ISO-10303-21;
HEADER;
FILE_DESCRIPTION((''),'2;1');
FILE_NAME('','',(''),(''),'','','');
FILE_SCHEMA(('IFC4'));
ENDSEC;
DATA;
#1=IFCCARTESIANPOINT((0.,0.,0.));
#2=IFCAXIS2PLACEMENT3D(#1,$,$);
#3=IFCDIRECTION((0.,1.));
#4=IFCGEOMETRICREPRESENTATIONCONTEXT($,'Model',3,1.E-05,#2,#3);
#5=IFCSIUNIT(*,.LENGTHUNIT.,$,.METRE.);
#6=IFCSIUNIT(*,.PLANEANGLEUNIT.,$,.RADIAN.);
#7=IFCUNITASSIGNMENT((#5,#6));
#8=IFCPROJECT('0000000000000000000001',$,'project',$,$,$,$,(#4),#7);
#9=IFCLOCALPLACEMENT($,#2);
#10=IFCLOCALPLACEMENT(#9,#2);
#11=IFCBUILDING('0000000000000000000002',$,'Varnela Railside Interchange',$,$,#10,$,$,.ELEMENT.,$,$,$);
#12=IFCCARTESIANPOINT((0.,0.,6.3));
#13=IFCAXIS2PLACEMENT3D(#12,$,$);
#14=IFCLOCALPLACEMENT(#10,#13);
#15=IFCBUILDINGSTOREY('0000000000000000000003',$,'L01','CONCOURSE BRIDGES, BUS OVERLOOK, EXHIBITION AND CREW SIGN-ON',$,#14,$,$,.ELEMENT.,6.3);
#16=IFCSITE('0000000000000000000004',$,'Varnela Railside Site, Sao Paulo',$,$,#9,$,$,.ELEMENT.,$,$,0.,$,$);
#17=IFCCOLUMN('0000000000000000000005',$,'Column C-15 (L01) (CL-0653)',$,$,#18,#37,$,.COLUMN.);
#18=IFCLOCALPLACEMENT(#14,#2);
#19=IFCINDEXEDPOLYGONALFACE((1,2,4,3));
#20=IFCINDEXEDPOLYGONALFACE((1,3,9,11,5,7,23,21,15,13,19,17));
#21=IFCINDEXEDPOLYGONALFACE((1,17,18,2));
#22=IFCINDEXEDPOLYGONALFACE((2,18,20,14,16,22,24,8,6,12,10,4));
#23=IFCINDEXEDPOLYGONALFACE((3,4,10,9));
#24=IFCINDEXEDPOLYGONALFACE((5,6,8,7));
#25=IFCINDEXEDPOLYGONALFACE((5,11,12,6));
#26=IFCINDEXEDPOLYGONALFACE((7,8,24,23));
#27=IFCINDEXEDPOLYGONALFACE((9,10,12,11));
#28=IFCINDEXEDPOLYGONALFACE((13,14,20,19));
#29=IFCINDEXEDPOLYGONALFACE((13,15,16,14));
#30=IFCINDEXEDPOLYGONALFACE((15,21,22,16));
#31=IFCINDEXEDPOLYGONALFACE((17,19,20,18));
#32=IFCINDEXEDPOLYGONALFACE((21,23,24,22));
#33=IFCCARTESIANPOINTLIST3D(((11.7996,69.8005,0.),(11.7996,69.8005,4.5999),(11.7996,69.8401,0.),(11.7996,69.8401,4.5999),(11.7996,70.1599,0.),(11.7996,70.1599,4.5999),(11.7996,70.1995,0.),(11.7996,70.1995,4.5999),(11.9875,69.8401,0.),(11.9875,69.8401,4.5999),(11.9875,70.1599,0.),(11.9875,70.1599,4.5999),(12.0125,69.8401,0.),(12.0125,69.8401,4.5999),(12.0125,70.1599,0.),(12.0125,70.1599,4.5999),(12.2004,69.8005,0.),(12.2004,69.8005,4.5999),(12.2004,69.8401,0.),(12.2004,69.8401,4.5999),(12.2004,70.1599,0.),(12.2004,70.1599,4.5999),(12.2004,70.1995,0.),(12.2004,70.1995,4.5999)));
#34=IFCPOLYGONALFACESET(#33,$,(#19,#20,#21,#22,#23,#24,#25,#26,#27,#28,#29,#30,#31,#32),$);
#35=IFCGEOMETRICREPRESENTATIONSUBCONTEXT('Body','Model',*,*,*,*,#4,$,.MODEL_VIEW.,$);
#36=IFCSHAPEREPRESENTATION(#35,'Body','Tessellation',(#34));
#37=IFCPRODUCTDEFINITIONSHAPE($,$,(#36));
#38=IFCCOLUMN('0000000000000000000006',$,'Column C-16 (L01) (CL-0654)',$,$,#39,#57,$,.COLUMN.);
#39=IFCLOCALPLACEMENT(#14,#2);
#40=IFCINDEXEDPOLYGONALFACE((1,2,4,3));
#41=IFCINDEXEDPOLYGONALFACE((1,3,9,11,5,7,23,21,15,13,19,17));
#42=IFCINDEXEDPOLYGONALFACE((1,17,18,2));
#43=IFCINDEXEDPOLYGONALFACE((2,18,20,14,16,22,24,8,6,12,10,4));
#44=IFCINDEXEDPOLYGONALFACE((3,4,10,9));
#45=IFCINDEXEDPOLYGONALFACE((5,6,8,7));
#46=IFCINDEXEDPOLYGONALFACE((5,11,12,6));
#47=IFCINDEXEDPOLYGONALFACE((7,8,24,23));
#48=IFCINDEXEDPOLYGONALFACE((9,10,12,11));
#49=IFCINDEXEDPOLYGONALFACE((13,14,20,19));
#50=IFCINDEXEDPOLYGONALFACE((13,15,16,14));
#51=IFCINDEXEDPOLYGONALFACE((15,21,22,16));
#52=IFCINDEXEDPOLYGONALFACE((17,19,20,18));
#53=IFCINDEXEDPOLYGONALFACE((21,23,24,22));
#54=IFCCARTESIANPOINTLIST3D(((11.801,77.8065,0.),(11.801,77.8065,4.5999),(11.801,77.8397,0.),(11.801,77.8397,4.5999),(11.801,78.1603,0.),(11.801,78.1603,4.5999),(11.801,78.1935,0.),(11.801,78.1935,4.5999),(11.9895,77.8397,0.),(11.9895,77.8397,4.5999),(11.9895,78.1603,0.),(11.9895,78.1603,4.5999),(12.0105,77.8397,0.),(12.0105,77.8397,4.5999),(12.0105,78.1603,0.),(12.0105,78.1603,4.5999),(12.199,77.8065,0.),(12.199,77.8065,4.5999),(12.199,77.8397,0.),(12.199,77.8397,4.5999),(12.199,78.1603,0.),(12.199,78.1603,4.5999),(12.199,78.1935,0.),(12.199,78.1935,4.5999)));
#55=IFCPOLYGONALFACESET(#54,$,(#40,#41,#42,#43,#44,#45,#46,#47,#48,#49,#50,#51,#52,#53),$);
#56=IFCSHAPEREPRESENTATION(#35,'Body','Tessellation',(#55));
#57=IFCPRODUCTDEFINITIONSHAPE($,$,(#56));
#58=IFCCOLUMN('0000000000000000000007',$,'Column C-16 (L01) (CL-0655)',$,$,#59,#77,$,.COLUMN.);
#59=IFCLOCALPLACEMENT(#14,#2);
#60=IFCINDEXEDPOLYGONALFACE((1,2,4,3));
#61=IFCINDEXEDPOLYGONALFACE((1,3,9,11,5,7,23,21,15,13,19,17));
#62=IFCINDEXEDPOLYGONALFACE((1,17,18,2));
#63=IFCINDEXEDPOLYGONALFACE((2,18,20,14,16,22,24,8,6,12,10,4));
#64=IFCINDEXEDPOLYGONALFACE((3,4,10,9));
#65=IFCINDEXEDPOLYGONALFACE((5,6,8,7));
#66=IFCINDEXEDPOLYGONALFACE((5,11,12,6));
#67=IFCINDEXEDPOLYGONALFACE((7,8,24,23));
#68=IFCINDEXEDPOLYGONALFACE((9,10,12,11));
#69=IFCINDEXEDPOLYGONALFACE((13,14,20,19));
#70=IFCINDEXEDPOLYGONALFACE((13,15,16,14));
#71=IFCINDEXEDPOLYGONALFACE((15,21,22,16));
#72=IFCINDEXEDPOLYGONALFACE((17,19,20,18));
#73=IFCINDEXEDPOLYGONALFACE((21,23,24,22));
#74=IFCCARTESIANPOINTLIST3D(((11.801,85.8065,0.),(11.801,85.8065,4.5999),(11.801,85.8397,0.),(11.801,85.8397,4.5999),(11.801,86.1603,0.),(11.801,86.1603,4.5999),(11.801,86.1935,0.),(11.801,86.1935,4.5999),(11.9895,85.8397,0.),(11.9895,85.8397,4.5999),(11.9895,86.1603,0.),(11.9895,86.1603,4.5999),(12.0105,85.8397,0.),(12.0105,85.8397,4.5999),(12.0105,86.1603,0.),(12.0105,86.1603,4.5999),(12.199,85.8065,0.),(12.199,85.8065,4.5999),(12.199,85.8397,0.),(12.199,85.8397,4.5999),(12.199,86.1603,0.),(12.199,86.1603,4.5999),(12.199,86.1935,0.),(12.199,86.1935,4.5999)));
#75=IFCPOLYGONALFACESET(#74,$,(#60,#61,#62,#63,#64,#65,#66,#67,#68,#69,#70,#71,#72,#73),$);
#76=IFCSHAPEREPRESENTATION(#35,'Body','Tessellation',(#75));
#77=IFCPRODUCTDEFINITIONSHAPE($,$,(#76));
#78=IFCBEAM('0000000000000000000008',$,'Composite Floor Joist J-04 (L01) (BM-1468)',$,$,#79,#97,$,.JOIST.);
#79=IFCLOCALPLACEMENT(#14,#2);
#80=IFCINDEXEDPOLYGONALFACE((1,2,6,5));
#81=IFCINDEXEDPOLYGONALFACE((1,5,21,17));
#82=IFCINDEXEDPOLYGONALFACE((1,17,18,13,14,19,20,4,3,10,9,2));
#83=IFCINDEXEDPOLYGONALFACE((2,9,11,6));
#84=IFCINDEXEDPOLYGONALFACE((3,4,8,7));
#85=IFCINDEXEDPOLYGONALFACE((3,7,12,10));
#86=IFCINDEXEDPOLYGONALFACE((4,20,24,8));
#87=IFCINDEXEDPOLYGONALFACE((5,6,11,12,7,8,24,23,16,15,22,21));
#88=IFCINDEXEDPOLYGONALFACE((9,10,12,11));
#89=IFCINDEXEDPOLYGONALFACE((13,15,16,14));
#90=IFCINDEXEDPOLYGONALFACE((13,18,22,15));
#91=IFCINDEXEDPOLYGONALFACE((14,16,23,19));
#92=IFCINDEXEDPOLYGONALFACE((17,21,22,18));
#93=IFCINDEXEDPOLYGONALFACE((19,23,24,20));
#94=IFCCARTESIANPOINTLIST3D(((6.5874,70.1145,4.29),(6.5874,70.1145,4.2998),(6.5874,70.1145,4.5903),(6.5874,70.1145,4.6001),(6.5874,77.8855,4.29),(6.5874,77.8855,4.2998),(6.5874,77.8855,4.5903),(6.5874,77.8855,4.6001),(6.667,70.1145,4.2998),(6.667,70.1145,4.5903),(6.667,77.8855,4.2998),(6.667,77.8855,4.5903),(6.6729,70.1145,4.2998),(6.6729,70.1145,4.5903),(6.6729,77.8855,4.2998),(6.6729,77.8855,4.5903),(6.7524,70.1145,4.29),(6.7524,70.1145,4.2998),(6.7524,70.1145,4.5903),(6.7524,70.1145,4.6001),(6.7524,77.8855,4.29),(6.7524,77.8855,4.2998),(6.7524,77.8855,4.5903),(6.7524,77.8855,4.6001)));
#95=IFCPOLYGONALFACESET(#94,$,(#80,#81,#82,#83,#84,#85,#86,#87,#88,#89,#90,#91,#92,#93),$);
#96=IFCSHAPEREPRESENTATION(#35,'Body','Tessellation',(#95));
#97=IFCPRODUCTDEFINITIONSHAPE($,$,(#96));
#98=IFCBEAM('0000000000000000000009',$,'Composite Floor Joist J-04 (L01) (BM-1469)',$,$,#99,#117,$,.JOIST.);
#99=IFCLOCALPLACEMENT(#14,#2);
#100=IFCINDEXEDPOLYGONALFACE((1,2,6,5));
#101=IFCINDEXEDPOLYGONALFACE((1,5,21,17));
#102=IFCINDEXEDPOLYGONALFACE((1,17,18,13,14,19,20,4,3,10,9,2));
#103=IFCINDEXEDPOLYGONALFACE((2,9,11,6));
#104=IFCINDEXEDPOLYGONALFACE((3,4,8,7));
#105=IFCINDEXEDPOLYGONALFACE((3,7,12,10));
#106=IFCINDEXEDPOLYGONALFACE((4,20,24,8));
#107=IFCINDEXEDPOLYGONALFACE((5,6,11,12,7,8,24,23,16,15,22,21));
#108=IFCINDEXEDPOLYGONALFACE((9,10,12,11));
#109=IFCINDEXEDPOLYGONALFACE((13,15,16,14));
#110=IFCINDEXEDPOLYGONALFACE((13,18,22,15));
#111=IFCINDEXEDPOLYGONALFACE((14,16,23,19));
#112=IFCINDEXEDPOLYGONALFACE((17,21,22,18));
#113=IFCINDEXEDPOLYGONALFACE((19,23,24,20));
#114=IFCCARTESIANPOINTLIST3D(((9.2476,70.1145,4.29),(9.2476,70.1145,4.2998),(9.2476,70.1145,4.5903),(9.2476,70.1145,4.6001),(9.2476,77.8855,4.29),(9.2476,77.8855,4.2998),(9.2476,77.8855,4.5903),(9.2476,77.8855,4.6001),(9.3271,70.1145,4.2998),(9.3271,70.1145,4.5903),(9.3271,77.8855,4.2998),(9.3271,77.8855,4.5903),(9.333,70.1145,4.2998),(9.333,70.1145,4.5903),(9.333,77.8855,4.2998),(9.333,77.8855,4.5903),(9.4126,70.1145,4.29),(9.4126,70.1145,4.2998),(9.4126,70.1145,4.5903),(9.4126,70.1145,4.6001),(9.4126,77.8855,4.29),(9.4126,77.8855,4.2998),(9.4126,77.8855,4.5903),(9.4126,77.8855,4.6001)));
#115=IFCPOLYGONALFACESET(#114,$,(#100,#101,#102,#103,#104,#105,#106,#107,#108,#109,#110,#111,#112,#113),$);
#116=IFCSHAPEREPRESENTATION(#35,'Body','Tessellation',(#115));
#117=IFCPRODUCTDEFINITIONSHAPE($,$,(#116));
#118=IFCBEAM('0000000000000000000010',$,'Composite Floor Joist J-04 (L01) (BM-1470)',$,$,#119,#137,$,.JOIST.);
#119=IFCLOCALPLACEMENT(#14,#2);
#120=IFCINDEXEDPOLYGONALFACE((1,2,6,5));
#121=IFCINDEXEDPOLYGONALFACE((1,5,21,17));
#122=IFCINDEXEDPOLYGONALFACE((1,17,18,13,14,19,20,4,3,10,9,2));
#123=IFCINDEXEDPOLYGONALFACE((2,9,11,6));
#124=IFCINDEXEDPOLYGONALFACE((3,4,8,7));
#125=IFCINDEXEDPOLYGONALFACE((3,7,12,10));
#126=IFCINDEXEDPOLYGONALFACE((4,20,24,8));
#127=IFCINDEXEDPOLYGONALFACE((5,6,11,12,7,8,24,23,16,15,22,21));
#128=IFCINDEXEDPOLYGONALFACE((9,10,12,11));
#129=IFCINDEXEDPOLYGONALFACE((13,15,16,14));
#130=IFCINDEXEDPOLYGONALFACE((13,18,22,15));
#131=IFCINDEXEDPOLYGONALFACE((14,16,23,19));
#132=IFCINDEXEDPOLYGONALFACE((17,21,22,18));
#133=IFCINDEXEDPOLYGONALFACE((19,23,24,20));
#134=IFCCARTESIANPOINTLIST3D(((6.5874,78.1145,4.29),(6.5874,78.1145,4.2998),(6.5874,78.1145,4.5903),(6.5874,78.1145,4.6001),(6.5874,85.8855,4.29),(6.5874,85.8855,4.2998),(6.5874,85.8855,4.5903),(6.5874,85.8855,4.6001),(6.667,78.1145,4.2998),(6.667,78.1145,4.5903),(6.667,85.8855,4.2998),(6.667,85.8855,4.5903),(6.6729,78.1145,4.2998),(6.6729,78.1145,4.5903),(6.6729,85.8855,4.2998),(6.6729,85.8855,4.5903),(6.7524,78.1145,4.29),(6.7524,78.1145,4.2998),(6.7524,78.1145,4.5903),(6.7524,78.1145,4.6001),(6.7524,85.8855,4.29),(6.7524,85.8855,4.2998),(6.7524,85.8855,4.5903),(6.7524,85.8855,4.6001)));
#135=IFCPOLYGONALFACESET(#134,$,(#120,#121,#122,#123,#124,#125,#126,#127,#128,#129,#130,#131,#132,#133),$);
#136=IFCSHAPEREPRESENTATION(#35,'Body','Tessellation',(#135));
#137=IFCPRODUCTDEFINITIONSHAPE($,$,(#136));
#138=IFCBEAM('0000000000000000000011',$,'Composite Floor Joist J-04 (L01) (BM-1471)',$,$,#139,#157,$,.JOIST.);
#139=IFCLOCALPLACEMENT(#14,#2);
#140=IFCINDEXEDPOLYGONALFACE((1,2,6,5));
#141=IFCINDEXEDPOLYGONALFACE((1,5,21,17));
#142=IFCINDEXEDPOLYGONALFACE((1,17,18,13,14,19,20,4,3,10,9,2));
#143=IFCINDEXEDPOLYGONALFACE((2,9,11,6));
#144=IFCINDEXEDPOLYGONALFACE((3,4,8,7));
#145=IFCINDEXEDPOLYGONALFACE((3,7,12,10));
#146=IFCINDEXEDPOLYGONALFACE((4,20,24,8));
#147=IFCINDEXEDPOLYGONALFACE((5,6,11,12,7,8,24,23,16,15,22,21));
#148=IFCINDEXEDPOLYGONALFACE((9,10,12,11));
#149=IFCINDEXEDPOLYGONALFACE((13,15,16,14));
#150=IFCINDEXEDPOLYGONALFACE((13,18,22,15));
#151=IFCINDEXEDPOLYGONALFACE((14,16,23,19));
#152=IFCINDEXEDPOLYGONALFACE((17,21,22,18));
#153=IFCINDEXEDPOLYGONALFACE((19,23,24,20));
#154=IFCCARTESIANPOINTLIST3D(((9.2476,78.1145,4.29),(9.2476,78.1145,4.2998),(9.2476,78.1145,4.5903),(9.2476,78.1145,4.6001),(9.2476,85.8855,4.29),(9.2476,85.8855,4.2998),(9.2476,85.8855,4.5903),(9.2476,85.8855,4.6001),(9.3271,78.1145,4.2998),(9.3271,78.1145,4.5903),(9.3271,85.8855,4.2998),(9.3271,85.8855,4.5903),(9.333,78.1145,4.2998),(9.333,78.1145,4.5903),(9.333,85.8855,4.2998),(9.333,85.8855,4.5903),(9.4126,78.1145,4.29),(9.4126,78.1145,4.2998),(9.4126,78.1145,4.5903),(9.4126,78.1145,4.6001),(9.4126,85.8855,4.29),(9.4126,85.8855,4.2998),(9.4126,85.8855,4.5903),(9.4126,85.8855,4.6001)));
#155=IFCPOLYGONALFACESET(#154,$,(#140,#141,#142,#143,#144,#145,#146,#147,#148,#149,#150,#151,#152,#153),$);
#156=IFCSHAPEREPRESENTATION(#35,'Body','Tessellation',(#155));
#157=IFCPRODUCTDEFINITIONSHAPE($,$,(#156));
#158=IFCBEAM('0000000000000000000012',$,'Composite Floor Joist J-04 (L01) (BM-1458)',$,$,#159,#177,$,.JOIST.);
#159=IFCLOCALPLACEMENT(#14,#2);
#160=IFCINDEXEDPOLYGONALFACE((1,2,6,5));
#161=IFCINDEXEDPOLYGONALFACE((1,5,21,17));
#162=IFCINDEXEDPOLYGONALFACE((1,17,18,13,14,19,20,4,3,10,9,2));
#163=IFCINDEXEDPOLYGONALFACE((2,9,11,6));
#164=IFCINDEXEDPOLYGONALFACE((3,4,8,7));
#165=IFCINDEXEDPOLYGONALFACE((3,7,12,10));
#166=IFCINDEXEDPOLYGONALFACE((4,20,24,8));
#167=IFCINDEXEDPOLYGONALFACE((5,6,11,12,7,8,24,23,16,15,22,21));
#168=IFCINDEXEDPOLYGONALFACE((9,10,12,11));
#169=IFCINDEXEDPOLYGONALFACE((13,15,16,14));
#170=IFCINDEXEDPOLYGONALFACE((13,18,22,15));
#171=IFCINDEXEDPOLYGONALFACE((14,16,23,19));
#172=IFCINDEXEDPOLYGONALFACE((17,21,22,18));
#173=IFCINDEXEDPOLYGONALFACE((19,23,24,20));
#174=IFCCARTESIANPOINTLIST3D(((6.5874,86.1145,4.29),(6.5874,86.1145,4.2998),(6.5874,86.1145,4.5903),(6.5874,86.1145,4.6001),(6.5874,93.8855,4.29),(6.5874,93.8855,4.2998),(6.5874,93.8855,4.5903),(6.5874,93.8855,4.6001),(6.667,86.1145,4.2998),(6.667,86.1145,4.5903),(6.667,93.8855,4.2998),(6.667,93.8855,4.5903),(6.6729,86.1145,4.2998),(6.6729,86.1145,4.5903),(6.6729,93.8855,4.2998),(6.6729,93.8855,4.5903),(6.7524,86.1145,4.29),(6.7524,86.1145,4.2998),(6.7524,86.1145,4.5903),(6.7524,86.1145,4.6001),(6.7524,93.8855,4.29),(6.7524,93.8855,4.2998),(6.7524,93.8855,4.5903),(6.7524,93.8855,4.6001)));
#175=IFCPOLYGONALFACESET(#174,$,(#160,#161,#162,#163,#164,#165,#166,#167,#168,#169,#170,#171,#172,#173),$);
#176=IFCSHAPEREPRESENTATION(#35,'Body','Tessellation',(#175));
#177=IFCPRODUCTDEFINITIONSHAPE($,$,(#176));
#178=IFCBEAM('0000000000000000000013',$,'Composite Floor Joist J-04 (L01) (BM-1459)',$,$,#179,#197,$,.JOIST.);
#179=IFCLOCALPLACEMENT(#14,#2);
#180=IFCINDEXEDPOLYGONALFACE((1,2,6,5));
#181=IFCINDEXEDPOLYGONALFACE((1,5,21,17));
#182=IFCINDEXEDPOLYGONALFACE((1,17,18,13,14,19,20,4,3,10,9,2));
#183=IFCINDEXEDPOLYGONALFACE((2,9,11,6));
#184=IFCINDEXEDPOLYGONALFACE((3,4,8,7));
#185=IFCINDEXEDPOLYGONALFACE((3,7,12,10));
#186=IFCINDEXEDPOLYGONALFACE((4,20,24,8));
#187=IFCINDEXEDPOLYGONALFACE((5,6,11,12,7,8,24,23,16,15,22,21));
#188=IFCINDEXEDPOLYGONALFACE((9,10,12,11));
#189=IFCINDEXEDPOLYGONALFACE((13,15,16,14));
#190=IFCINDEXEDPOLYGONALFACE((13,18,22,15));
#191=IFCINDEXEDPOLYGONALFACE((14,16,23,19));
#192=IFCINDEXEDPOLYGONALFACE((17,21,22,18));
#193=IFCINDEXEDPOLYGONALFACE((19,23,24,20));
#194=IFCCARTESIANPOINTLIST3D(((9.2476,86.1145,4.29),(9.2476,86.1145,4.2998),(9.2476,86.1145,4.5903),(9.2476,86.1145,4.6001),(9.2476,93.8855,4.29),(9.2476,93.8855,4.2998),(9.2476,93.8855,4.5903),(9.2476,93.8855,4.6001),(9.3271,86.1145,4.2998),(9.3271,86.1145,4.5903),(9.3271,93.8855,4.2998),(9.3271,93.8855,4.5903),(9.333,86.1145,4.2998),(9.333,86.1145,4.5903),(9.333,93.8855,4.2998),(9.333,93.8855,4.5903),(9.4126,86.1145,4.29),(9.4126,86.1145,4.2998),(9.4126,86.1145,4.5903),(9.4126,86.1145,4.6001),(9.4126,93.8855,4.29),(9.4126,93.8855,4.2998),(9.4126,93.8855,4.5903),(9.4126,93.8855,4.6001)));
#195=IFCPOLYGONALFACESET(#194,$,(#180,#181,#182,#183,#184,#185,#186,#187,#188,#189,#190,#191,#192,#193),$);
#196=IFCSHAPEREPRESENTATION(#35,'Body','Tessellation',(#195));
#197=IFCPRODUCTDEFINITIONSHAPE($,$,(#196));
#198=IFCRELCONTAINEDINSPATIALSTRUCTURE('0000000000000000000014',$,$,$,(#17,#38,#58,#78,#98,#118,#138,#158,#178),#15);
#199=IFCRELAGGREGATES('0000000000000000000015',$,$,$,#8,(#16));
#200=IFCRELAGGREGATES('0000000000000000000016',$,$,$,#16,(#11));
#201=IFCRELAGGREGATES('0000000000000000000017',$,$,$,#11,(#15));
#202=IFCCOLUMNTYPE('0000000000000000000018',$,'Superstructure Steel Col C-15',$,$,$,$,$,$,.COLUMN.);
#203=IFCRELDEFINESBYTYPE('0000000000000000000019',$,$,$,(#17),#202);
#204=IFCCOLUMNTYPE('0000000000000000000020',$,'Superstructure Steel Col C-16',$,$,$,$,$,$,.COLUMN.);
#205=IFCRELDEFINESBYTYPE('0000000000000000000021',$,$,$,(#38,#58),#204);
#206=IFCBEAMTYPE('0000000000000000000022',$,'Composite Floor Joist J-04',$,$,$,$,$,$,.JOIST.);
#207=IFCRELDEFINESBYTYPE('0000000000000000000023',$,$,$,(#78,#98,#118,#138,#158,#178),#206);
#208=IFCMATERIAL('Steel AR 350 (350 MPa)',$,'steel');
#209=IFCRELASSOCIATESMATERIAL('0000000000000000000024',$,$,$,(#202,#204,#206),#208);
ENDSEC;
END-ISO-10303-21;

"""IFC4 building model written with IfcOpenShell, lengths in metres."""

from ifc_helpers import new_model, si_unit, direction, frame, origin, origin_2d, place, context, subcontext, project, spatial, i_section, extrude, material, material_profile, profile_set, type_object, element, save


model = new_model("IFC4")

# Units and contexts
model_context = context("Model", 3, precision=1e-05, world=origin(), true_north=direction((0.0, 1.0)))
body_context = subcontext(model_context, "Body", "Model", "MODEL_VIEW")
ifc_project = project(units=[si_unit("LENGTHUNIT", "METRE"), si_unit("PLANEANGLEUNIT", "RADIAN")], contexts=[model_context])

# Site, building, storey
site_placement = place(None, origin())
site = spatial("IfcSite", under=ifc_project, at=site_placement, Name="Varnela Railside Site, Sao Paulo", CompositionType="ELEMENT", RefElevation=0.0)
building_placement = place(site_placement, origin())
building = spatial("IfcBuilding", under=site, at=building_placement, Name="Varnela Railside Interchange", CompositionType="ELEMENT")
storey_placement = place(building_placement, frame((0.0, 0.0, 6.3)))
storey = spatial("IfcBuildingStorey", under=building, at=storey_placement, Name="L01", Description="CONCOURSE BRIDGES, BUS OVERLOOK, EXHIBITION AND CREW SIGN-ON", CompositionType="ELEMENT", Elevation=6.3)

# Columns
ifc_material_1 = material(Name="Steel AR 350 (350 MPa)", Category="steel")
ifc_material_profile_1 = material_profile(ifc_material_1, i_section(OverallWidth=0.4009, OverallDepth=0.3989, WebThickness=0.0249, FlangeThickness=0.0396, at=origin_2d()), Name="W360x314")
ifc_profile_set_1 = profile_set([ifc_material_profile_1], Name="Steel AR 350 (350 MPa)")
column_type_1 = type_object("IfcColumnType", Name="Superstructure Steel Col C-15", PredefinedType="COLUMN", material=ifc_profile_set_1)
column_placement = place(storey_placement, frame((12.0, 70.0, 0.0), z_axis=(0.0, 0.0, 1.0), x_axis=(1.0, 0.0, 0.0)))
element("IfcColumn", 1, at=column_placement, inside=storey, type_object=column_type_1, Name="Column C-15 (L01) (CL-0653)", PredefinedType="COLUMN", context=body_context, shape_type="SweptSolid", body=[
    extrude(i_section(OverallWidth=0.4009, OverallDepth=0.3989, WebThickness=0.0249, FlangeThickness=0.0396, at=origin_2d()), origin(), (0.0, 0.0, 1.0), 4.5999),
])
ifc_material_profile_2 = material_profile(ifc_material_1, i_section(OverallWidth=0.3979, OverallDepth=0.387, WebThickness=0.021, FlangeThickness=0.0332, at=origin_2d()), Name="W360x262")
ifc_profile_set_2 = profile_set([ifc_material_profile_2], Name="Steel AR 350 (350 MPa)")
column_type_2 = type_object("IfcColumnType", Name="Superstructure Steel Col C-16", PredefinedType="COLUMN", material=ifc_profile_set_2)
for number, where, z_axis, x_axis, name in (
    (2, (12.0, 78.0, 0.0), (0.0, 0.0, 1.0), (1.0, 0.0, 0.0), "Column C-16 (L01) (CL-0654)"),
    (3, (12.0, 86.0, 0.0), (0.0, 0.0, 1.0), (1.0, 0.0, 0.0), "Column C-16 (L01) (CL-0655)"),
):
    element("IfcColumn", number, at=place(storey_placement, frame(where, z_axis=z_axis, x_axis=x_axis)), inside=storey, type_object=column_type_2, Name=name, PredefinedType="COLUMN", context=body_context, shape_type="SweptSolid", body=[
        extrude(i_section(OverallWidth=0.3979, OverallDepth=0.387, WebThickness=0.021, FlangeThickness=0.0332, at=origin_2d()), origin(), (0.0, 0.0, 1.0), 4.5999),
    ])

# Beams
ifc_material_profile_3 = material_profile(ifc_material_1, i_section(OverallWidth=0.165, OverallDepth=0.3101, WebThickness=0.0059, FlangeThickness=0.0098, at=origin_2d()), Name="W310x38.7")
ifc_profile_set_3 = profile_set([ifc_material_profile_3], Name="Steel AR 350 (350 MPa)")
beam_type_1 = type_object("IfcBeamType", Name="Composite Floor Joist J-04", PredefinedType="JOIST", material=ifc_profile_set_3)
for number, where, z_axis, x_axis, name in (
    (4, (6.6699, 70.1145, 4.4451), (0.0, 1.0, 0.0), (-1.0, 0.0, 0.0), "Composite Floor Joist J-04 (L01) (BM-1468)"),
    (5, (9.3301, 70.1145, 4.4451), (0.0, 1.0, 0.0), (-1.0, 0.0, 0.0), "Composite Floor Joist J-04 (L01) (BM-1469)"),
    (6, (6.6699, 78.1145, 4.4451), (0.0, 1.0, 0.0), (-1.0, 0.0, 0.0), "Composite Floor Joist J-04 (L01) (BM-1470)"),
    (7, (9.3301, 78.1145, 4.4451), (0.0, 1.0, 0.0), (-1.0, 0.0, 0.0), "Composite Floor Joist J-04 (L01) (BM-1471)"),
    (8, (6.6699, 86.1145, 4.4451), (0.0, 1.0, 0.0), (-1.0, 0.0, 0.0), "Composite Floor Joist J-04 (L01) (BM-1458)"),
    (9, (9.3301, 86.1145, 4.4451), (0.0, 1.0, 0.0), (-1.0, 0.0, 0.0), "Composite Floor Joist J-04 (L01) (BM-1459)"),
):
    element("IfcBeam", number, at=place(storey_placement, frame(where, z_axis=z_axis, x_axis=x_axis)), inside=storey, type_object=beam_type_1, Name=name, PredefinedType="JOIST", context=body_context, shape_type="SweptSolid", body=[
        extrude(i_section(OverallWidth=0.165, OverallDepth=0.3101, WebThickness=0.0059, FlangeThickness=0.0098, at=origin_2d()), origin(), (0.0, 0.0, 1.0), 7.771),
    ])

save(model, "model.ifc")
